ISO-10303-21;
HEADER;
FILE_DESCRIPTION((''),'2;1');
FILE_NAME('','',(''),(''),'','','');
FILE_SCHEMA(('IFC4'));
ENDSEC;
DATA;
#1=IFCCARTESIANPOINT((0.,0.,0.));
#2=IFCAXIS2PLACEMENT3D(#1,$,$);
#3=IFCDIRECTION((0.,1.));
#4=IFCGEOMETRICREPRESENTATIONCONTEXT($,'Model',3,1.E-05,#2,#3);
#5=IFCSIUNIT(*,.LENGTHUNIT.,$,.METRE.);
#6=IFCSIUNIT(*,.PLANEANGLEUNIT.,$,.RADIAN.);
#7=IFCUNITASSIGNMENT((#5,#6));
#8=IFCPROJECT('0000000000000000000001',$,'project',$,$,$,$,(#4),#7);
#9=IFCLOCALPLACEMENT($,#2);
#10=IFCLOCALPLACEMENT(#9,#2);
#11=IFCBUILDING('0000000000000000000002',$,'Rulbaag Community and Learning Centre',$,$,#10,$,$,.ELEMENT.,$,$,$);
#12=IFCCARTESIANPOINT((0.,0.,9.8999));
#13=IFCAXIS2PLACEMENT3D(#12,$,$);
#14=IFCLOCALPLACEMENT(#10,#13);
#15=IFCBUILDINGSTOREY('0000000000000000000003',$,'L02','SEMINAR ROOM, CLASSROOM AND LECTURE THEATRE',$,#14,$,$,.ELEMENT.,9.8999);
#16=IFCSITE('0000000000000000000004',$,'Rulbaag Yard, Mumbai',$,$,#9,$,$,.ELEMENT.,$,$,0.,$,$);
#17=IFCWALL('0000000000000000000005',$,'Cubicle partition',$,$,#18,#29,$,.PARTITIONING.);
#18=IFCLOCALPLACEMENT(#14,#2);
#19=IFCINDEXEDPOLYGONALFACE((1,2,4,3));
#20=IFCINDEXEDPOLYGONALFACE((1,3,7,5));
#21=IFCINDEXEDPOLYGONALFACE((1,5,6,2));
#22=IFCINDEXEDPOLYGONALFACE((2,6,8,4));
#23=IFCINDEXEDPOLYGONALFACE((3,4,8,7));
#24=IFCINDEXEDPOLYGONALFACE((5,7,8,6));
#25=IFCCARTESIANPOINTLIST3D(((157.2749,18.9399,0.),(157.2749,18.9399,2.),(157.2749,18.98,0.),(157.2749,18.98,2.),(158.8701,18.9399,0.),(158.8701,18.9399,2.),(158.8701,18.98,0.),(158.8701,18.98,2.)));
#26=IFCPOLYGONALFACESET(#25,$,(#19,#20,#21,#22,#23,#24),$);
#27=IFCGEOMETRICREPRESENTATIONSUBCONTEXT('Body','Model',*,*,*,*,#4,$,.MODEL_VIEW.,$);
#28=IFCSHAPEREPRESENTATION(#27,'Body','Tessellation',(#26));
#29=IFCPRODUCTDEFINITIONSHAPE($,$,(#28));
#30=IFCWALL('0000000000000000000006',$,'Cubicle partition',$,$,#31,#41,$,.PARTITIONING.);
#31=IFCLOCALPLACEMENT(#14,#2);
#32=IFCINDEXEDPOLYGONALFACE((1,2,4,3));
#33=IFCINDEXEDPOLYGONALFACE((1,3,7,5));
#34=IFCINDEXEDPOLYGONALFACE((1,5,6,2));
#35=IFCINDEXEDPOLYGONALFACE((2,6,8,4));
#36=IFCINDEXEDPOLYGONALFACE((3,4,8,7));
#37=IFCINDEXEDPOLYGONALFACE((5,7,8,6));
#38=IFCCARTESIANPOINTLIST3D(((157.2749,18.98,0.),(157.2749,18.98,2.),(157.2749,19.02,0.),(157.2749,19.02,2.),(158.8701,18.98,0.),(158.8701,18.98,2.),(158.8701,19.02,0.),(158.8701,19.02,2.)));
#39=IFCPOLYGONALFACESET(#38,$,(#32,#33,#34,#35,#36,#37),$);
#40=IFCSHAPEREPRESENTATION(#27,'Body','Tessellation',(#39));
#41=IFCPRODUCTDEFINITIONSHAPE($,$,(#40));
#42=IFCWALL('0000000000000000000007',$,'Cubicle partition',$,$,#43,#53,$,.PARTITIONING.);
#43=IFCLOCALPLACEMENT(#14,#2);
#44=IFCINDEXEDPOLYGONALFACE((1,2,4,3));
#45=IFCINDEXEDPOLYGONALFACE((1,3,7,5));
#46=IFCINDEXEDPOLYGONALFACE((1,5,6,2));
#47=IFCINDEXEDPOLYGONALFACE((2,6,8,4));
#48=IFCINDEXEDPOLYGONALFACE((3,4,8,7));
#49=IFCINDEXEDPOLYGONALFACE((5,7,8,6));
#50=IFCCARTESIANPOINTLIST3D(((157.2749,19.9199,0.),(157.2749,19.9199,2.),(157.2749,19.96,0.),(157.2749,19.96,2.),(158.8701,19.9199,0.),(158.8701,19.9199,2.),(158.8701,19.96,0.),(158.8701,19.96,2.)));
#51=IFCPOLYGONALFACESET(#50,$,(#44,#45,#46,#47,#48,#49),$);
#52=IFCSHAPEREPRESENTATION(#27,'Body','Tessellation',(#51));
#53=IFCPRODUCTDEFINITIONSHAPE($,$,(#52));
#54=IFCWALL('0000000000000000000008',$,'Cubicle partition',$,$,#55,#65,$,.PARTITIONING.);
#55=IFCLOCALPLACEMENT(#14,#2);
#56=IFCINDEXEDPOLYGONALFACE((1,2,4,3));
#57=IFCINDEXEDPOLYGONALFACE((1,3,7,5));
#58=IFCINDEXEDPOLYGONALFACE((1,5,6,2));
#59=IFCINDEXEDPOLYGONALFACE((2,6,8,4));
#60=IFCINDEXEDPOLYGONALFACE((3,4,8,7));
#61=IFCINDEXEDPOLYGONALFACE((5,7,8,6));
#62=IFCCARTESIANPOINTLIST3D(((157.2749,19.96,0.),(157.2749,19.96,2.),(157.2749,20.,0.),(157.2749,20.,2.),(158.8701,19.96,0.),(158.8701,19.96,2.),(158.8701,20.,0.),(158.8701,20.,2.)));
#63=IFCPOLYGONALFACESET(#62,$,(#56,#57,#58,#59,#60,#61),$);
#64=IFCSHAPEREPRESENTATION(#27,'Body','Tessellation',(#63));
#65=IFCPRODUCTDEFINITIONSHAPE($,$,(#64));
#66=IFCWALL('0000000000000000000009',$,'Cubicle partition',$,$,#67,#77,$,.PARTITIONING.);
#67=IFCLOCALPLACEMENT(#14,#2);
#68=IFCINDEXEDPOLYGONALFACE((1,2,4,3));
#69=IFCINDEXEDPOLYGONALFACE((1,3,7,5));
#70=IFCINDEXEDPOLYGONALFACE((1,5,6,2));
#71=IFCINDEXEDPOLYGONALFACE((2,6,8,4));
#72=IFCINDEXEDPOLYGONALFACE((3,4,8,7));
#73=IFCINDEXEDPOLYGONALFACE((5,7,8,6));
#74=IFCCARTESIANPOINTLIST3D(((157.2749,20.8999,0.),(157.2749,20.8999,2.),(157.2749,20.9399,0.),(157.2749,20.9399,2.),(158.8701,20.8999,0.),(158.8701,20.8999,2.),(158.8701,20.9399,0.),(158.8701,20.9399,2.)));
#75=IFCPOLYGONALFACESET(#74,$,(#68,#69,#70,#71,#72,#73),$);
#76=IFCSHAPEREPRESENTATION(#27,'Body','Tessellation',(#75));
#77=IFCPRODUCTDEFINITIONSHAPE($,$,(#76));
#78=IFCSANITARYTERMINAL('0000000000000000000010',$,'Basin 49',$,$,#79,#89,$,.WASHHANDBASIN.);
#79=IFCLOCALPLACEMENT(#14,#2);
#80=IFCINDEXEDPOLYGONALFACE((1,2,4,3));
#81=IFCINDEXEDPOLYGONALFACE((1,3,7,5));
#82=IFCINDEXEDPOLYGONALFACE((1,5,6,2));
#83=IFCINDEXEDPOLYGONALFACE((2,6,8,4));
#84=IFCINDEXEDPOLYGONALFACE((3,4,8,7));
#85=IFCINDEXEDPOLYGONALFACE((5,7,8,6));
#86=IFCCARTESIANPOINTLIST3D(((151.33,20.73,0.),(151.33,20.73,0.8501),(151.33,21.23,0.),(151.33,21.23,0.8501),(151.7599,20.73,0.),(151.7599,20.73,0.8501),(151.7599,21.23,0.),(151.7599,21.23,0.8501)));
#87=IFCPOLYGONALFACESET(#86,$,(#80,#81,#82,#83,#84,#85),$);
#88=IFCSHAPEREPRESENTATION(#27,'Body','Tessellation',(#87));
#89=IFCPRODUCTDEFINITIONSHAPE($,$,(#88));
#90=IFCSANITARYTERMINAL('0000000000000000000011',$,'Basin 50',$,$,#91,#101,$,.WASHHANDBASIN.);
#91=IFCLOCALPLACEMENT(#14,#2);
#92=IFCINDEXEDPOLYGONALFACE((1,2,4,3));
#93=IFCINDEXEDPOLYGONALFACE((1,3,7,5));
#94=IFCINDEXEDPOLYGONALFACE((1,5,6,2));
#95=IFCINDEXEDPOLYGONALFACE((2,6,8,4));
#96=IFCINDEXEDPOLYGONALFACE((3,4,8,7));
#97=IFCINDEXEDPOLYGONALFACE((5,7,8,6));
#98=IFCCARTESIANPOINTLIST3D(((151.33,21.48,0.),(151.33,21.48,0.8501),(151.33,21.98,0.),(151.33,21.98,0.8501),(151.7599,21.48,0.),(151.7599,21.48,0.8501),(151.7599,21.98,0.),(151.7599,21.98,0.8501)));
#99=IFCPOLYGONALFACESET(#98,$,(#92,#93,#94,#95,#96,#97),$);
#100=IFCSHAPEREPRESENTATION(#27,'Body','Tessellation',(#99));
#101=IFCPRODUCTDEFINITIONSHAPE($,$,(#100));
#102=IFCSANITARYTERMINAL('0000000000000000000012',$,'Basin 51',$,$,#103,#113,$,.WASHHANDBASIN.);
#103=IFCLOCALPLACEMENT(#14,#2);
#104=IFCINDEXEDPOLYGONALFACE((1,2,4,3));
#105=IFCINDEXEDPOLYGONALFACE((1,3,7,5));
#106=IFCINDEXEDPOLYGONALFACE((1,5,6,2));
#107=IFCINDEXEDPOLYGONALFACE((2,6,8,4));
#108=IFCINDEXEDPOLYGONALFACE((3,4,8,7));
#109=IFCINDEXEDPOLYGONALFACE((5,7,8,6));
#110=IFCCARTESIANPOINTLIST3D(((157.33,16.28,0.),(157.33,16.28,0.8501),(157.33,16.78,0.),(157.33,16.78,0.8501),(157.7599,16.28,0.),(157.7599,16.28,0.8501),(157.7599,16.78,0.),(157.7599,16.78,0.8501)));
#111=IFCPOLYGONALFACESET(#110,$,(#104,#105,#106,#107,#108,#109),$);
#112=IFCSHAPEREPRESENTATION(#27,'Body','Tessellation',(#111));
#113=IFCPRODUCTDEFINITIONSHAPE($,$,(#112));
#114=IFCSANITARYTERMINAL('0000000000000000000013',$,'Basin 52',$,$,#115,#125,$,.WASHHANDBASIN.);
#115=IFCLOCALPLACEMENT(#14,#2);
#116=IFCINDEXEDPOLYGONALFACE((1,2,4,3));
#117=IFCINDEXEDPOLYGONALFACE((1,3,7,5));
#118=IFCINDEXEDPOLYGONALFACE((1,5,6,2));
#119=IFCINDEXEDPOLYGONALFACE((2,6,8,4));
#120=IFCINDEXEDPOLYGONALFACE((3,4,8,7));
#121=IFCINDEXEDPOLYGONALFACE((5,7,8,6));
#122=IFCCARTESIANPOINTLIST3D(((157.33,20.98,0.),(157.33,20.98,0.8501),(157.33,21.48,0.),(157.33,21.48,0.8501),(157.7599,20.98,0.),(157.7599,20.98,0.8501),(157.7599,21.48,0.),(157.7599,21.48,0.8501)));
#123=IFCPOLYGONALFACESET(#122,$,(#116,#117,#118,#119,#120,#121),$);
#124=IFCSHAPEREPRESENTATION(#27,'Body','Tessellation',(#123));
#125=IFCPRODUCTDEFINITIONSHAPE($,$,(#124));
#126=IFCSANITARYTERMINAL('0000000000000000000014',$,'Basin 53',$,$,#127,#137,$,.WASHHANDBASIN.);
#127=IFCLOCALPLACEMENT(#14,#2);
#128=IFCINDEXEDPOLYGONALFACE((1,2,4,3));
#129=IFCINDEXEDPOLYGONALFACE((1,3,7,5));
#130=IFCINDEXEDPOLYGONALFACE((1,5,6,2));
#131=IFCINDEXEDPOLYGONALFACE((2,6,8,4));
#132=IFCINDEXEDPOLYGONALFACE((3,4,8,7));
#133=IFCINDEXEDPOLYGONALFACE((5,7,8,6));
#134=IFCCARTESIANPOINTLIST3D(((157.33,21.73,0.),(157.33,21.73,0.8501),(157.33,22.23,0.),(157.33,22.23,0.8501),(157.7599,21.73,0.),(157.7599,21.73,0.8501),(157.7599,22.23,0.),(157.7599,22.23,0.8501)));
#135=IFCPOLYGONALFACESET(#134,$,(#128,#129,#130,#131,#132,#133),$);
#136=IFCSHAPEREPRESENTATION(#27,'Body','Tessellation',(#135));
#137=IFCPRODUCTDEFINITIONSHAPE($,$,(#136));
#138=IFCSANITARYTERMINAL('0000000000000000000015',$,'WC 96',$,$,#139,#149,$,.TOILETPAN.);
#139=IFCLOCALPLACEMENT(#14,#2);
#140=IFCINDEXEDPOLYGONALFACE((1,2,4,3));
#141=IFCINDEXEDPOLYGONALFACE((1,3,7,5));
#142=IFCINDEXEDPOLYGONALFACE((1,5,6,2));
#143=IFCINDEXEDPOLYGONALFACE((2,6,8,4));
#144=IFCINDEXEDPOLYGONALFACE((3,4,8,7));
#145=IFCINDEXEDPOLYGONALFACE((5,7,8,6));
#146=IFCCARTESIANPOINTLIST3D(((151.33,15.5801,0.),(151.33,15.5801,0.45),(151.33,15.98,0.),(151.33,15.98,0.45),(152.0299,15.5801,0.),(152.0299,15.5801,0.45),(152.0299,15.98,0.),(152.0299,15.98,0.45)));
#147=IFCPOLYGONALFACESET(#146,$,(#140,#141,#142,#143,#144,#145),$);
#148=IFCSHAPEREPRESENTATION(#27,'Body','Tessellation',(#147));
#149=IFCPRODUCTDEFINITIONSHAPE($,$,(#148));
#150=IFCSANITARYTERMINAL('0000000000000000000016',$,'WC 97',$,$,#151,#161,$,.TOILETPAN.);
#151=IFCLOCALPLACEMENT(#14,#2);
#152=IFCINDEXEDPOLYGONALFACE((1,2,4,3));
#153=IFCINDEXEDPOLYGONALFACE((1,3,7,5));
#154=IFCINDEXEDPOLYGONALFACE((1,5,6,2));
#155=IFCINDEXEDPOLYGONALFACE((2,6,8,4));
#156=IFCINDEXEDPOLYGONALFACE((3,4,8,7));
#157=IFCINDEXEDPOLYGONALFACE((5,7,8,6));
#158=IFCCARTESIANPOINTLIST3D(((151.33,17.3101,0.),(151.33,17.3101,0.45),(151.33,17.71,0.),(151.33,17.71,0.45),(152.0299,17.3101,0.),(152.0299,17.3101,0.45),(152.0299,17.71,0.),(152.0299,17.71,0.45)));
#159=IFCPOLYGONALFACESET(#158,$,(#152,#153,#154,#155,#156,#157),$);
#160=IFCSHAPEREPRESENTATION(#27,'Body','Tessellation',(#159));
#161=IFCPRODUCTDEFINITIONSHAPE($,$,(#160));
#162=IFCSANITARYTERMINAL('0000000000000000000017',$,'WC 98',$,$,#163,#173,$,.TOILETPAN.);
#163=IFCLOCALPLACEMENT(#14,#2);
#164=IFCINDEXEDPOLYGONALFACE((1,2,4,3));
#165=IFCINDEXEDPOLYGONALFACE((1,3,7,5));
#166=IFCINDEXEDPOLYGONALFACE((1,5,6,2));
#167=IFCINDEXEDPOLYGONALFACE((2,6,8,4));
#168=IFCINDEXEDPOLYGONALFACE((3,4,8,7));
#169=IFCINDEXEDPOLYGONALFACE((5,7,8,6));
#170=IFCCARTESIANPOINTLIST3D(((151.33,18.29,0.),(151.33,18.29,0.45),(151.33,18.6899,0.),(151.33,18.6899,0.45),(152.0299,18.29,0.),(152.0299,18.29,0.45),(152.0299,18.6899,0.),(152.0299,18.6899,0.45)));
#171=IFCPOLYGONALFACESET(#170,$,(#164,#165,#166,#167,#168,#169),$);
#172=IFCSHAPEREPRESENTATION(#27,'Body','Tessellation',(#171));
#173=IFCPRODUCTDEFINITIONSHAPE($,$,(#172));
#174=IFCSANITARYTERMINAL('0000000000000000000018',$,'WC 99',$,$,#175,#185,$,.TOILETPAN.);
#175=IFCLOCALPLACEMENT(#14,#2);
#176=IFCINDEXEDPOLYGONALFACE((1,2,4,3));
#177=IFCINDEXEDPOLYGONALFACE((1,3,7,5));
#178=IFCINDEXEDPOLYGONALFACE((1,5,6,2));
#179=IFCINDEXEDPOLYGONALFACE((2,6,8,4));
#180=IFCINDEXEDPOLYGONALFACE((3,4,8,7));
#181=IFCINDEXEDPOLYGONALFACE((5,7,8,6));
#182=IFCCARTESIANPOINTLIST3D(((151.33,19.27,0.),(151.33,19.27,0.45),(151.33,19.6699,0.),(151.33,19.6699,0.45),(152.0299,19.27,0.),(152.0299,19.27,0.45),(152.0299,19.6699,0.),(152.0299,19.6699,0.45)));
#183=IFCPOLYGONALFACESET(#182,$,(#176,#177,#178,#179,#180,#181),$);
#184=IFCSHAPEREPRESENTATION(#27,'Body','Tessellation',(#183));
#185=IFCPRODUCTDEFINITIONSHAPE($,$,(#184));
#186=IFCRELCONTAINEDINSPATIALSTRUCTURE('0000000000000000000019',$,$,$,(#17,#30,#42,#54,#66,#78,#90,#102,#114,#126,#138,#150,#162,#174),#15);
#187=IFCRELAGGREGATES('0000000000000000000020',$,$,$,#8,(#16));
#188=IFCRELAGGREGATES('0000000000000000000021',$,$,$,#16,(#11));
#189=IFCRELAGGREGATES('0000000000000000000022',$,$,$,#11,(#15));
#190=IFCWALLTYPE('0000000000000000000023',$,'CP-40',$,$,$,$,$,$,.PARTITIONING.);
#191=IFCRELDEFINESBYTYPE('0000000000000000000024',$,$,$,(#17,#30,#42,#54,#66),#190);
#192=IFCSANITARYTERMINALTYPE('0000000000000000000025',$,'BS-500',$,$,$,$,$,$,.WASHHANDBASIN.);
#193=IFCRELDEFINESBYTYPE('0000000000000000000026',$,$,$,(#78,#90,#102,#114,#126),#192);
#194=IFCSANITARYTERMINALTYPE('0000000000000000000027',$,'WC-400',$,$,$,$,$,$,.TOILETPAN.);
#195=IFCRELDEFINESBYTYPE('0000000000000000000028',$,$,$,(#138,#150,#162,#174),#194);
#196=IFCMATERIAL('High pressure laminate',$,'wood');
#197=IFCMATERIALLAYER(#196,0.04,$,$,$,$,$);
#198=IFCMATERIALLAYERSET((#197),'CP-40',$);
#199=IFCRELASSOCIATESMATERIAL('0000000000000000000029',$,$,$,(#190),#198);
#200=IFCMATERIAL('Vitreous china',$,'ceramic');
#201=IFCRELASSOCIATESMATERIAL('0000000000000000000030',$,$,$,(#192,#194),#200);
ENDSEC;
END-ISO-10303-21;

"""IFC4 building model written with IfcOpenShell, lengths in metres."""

from ifc_helpers import new_model, si_unit, direction, frame, frame_2d, origin, origin_2d, place, context, subcontext, project, spatial, rectangle, extrude, material, layer, layer_set, type_object, element, save


model = new_model("IFC4")

# Units and contexts
model_context = context("Model", 3, precision=1e-05, world=origin(), true_north=direction((0.0, 1.0)))
body_context = subcontext(model_context, "Body", "Model", "MODEL_VIEW")
ifc_project = project(units=[si_unit("LENGTHUNIT", "METRE"), si_unit("PLANEANGLEUNIT", "RADIAN")], contexts=[model_context])

# Site, building, storey
site_placement = place(None, origin())
site = spatial("IfcSite", under=ifc_project, at=site_placement, Name="Rulbaag Yard, Mumbai", CompositionType="ELEMENT", RefElevation=0.0)
building_placement = place(site_placement, origin())
building = spatial("IfcBuilding", under=site, at=building_placement, Name="Rulbaag Community and Learning Centre", CompositionType="ELEMENT")
storey_placement = place(building_placement, frame((0.0, 0.0, 9.8999)))
storey = spatial("IfcBuildingStorey", under=building, at=storey_placement, Name="L02", Description="SEMINAR ROOM, CLASSROOM AND LECTURE THEATRE", CompositionType="ELEMENT", Elevation=9.8999)

# Shared definitions
ifc_material_1 = material(Name="High pressure laminate", Category="wood")
ifc_layer = layer(ifc_material_1, 0.04)
ifc_layer_set = layer_set([ifc_layer], Name="CP-40")
wall_type = type_object("IfcWallType", Name="CP-40", PredefinedType="PARTITIONING", material=ifc_layer_set)

# Walls
for number, where, z_axis, x_axis, name in (
    (1, (157.2749, 18.96, 0.0), (0.0, 0.0, 1.0), (1.0, 0.0, 0.0), "Cubicle partition"),
    (2, (157.2749, 19.0, 0.0), (0.0, 0.0, 1.0), (1.0, 0.0, 0.0), "Cubicle partition"),
    (3, (157.2749, 19.9399, 0.0), (0.0, 0.0, 1.0), (1.0, 0.0, 0.0), "Cubicle partition"),
    (4, (157.2749, 19.98, 0.0), (0.0, 0.0, 1.0), (1.0, 0.0, 0.0), "Cubicle partition"),
    (5, (157.2749, 20.9199, 0.0), (0.0, 0.0, 1.0), (1.0, 0.0, 0.0), "Cubicle partition"),
):
    element("IfcWall", number, at=place(storey_placement, frame(where, z_axis=z_axis, x_axis=x_axis)), inside=storey, type_object=wall_type, Name=name, PredefinedType="PARTITIONING", context=body_context, shape_type="SweptSolid", body=[
        extrude(rectangle(XDim=1.5952, YDim=0.04, at=frame_2d((0.7976, 0.0))), origin(), (0.0, 0.0, 1.0), 2.0),
    ])

# Sanitary terminals
ifc_material_2 = material(Name="Vitreous china", Category="ceramic")
sanitary_terminal_type_1 = type_object("IfcSanitaryTerminalType", Name="BS-500", PredefinedType="WASHHANDBASIN", material=ifc_material_2)
for number, where, z_axis, x_axis, name in (
    (6, (151.5449, 20.98, 0.0), (0.0, 0.0, 1.0), (1.0, 0.0, 0.0), "Basin 49"),
    (7, (151.5449, 21.73, 0.0), (0.0, 0.0, 1.0), (1.0, 0.0, 0.0), "Basin 50"),
    (8, (157.5449, 16.53, 0.0), (0.0, 0.0, 1.0), (1.0, 0.0, 0.0), "Basin 51"),
    (9, (157.5449, 21.23, 0.0), (0.0, 0.0, 1.0), (1.0, 0.0, 0.0), "Basin 52"),
    (10, (157.5449, 21.98, 0.0), (0.0, 0.0, 1.0), (1.0, 0.0, 0.0), "Basin 53"),
):
    element("IfcSanitaryTerminal", number, at=place(storey_placement, frame(where, z_axis=z_axis, x_axis=x_axis)), inside=storey, type_object=sanitary_terminal_type_1, Name=name, PredefinedType="WASHHANDBASIN", context=body_context, shape_type="SweptSolid", body=[
        extrude(rectangle(XDim=0.4299, YDim=0.5, at=origin_2d()), origin(), (0.0, 0.0, 1.0), 0.8501),
    ])
sanitary_terminal_type_2 = type_object("IfcSanitaryTerminalType", Name="WC-400", PredefinedType="TOILETPAN", material=ifc_material_2)
for number, where, z_axis, x_axis, name in (
    (11, (151.6799, 15.78, 0.0), (0.0, 0.0, 1.0), (1.0, 0.0, 0.0), "WC 96"),
    (12, (151.6799, 17.51, 0.0), (0.0, 0.0, 1.0), (1.0, 0.0, 0.0), "WC 97"),
    (13, (151.6799, 18.49, 0.0), (0.0, 0.0, 1.0), (1.0, 0.0, 0.0), "WC 98"),
    (14, (151.6799, 19.47, 0.0), (0.0, 0.0, 1.0), (1.0, 0.0, 0.0), "WC 99"),
):
    element("IfcSanitaryTerminal", number, at=place(storey_placement, frame(where, z_axis=z_axis, x_axis=x_axis)), inside=storey, type_object=sanitary_terminal_type_2, Name=name, PredefinedType="TOILETPAN", context=body_context, shape_type="SweptSolid", body=[
        extrude(rectangle(XDim=0.7, YDim=0.3999, at=origin_2d()), origin(), (0.0, 0.0, 1.0), 0.45),
    ])

save(model, "model.ifc")
